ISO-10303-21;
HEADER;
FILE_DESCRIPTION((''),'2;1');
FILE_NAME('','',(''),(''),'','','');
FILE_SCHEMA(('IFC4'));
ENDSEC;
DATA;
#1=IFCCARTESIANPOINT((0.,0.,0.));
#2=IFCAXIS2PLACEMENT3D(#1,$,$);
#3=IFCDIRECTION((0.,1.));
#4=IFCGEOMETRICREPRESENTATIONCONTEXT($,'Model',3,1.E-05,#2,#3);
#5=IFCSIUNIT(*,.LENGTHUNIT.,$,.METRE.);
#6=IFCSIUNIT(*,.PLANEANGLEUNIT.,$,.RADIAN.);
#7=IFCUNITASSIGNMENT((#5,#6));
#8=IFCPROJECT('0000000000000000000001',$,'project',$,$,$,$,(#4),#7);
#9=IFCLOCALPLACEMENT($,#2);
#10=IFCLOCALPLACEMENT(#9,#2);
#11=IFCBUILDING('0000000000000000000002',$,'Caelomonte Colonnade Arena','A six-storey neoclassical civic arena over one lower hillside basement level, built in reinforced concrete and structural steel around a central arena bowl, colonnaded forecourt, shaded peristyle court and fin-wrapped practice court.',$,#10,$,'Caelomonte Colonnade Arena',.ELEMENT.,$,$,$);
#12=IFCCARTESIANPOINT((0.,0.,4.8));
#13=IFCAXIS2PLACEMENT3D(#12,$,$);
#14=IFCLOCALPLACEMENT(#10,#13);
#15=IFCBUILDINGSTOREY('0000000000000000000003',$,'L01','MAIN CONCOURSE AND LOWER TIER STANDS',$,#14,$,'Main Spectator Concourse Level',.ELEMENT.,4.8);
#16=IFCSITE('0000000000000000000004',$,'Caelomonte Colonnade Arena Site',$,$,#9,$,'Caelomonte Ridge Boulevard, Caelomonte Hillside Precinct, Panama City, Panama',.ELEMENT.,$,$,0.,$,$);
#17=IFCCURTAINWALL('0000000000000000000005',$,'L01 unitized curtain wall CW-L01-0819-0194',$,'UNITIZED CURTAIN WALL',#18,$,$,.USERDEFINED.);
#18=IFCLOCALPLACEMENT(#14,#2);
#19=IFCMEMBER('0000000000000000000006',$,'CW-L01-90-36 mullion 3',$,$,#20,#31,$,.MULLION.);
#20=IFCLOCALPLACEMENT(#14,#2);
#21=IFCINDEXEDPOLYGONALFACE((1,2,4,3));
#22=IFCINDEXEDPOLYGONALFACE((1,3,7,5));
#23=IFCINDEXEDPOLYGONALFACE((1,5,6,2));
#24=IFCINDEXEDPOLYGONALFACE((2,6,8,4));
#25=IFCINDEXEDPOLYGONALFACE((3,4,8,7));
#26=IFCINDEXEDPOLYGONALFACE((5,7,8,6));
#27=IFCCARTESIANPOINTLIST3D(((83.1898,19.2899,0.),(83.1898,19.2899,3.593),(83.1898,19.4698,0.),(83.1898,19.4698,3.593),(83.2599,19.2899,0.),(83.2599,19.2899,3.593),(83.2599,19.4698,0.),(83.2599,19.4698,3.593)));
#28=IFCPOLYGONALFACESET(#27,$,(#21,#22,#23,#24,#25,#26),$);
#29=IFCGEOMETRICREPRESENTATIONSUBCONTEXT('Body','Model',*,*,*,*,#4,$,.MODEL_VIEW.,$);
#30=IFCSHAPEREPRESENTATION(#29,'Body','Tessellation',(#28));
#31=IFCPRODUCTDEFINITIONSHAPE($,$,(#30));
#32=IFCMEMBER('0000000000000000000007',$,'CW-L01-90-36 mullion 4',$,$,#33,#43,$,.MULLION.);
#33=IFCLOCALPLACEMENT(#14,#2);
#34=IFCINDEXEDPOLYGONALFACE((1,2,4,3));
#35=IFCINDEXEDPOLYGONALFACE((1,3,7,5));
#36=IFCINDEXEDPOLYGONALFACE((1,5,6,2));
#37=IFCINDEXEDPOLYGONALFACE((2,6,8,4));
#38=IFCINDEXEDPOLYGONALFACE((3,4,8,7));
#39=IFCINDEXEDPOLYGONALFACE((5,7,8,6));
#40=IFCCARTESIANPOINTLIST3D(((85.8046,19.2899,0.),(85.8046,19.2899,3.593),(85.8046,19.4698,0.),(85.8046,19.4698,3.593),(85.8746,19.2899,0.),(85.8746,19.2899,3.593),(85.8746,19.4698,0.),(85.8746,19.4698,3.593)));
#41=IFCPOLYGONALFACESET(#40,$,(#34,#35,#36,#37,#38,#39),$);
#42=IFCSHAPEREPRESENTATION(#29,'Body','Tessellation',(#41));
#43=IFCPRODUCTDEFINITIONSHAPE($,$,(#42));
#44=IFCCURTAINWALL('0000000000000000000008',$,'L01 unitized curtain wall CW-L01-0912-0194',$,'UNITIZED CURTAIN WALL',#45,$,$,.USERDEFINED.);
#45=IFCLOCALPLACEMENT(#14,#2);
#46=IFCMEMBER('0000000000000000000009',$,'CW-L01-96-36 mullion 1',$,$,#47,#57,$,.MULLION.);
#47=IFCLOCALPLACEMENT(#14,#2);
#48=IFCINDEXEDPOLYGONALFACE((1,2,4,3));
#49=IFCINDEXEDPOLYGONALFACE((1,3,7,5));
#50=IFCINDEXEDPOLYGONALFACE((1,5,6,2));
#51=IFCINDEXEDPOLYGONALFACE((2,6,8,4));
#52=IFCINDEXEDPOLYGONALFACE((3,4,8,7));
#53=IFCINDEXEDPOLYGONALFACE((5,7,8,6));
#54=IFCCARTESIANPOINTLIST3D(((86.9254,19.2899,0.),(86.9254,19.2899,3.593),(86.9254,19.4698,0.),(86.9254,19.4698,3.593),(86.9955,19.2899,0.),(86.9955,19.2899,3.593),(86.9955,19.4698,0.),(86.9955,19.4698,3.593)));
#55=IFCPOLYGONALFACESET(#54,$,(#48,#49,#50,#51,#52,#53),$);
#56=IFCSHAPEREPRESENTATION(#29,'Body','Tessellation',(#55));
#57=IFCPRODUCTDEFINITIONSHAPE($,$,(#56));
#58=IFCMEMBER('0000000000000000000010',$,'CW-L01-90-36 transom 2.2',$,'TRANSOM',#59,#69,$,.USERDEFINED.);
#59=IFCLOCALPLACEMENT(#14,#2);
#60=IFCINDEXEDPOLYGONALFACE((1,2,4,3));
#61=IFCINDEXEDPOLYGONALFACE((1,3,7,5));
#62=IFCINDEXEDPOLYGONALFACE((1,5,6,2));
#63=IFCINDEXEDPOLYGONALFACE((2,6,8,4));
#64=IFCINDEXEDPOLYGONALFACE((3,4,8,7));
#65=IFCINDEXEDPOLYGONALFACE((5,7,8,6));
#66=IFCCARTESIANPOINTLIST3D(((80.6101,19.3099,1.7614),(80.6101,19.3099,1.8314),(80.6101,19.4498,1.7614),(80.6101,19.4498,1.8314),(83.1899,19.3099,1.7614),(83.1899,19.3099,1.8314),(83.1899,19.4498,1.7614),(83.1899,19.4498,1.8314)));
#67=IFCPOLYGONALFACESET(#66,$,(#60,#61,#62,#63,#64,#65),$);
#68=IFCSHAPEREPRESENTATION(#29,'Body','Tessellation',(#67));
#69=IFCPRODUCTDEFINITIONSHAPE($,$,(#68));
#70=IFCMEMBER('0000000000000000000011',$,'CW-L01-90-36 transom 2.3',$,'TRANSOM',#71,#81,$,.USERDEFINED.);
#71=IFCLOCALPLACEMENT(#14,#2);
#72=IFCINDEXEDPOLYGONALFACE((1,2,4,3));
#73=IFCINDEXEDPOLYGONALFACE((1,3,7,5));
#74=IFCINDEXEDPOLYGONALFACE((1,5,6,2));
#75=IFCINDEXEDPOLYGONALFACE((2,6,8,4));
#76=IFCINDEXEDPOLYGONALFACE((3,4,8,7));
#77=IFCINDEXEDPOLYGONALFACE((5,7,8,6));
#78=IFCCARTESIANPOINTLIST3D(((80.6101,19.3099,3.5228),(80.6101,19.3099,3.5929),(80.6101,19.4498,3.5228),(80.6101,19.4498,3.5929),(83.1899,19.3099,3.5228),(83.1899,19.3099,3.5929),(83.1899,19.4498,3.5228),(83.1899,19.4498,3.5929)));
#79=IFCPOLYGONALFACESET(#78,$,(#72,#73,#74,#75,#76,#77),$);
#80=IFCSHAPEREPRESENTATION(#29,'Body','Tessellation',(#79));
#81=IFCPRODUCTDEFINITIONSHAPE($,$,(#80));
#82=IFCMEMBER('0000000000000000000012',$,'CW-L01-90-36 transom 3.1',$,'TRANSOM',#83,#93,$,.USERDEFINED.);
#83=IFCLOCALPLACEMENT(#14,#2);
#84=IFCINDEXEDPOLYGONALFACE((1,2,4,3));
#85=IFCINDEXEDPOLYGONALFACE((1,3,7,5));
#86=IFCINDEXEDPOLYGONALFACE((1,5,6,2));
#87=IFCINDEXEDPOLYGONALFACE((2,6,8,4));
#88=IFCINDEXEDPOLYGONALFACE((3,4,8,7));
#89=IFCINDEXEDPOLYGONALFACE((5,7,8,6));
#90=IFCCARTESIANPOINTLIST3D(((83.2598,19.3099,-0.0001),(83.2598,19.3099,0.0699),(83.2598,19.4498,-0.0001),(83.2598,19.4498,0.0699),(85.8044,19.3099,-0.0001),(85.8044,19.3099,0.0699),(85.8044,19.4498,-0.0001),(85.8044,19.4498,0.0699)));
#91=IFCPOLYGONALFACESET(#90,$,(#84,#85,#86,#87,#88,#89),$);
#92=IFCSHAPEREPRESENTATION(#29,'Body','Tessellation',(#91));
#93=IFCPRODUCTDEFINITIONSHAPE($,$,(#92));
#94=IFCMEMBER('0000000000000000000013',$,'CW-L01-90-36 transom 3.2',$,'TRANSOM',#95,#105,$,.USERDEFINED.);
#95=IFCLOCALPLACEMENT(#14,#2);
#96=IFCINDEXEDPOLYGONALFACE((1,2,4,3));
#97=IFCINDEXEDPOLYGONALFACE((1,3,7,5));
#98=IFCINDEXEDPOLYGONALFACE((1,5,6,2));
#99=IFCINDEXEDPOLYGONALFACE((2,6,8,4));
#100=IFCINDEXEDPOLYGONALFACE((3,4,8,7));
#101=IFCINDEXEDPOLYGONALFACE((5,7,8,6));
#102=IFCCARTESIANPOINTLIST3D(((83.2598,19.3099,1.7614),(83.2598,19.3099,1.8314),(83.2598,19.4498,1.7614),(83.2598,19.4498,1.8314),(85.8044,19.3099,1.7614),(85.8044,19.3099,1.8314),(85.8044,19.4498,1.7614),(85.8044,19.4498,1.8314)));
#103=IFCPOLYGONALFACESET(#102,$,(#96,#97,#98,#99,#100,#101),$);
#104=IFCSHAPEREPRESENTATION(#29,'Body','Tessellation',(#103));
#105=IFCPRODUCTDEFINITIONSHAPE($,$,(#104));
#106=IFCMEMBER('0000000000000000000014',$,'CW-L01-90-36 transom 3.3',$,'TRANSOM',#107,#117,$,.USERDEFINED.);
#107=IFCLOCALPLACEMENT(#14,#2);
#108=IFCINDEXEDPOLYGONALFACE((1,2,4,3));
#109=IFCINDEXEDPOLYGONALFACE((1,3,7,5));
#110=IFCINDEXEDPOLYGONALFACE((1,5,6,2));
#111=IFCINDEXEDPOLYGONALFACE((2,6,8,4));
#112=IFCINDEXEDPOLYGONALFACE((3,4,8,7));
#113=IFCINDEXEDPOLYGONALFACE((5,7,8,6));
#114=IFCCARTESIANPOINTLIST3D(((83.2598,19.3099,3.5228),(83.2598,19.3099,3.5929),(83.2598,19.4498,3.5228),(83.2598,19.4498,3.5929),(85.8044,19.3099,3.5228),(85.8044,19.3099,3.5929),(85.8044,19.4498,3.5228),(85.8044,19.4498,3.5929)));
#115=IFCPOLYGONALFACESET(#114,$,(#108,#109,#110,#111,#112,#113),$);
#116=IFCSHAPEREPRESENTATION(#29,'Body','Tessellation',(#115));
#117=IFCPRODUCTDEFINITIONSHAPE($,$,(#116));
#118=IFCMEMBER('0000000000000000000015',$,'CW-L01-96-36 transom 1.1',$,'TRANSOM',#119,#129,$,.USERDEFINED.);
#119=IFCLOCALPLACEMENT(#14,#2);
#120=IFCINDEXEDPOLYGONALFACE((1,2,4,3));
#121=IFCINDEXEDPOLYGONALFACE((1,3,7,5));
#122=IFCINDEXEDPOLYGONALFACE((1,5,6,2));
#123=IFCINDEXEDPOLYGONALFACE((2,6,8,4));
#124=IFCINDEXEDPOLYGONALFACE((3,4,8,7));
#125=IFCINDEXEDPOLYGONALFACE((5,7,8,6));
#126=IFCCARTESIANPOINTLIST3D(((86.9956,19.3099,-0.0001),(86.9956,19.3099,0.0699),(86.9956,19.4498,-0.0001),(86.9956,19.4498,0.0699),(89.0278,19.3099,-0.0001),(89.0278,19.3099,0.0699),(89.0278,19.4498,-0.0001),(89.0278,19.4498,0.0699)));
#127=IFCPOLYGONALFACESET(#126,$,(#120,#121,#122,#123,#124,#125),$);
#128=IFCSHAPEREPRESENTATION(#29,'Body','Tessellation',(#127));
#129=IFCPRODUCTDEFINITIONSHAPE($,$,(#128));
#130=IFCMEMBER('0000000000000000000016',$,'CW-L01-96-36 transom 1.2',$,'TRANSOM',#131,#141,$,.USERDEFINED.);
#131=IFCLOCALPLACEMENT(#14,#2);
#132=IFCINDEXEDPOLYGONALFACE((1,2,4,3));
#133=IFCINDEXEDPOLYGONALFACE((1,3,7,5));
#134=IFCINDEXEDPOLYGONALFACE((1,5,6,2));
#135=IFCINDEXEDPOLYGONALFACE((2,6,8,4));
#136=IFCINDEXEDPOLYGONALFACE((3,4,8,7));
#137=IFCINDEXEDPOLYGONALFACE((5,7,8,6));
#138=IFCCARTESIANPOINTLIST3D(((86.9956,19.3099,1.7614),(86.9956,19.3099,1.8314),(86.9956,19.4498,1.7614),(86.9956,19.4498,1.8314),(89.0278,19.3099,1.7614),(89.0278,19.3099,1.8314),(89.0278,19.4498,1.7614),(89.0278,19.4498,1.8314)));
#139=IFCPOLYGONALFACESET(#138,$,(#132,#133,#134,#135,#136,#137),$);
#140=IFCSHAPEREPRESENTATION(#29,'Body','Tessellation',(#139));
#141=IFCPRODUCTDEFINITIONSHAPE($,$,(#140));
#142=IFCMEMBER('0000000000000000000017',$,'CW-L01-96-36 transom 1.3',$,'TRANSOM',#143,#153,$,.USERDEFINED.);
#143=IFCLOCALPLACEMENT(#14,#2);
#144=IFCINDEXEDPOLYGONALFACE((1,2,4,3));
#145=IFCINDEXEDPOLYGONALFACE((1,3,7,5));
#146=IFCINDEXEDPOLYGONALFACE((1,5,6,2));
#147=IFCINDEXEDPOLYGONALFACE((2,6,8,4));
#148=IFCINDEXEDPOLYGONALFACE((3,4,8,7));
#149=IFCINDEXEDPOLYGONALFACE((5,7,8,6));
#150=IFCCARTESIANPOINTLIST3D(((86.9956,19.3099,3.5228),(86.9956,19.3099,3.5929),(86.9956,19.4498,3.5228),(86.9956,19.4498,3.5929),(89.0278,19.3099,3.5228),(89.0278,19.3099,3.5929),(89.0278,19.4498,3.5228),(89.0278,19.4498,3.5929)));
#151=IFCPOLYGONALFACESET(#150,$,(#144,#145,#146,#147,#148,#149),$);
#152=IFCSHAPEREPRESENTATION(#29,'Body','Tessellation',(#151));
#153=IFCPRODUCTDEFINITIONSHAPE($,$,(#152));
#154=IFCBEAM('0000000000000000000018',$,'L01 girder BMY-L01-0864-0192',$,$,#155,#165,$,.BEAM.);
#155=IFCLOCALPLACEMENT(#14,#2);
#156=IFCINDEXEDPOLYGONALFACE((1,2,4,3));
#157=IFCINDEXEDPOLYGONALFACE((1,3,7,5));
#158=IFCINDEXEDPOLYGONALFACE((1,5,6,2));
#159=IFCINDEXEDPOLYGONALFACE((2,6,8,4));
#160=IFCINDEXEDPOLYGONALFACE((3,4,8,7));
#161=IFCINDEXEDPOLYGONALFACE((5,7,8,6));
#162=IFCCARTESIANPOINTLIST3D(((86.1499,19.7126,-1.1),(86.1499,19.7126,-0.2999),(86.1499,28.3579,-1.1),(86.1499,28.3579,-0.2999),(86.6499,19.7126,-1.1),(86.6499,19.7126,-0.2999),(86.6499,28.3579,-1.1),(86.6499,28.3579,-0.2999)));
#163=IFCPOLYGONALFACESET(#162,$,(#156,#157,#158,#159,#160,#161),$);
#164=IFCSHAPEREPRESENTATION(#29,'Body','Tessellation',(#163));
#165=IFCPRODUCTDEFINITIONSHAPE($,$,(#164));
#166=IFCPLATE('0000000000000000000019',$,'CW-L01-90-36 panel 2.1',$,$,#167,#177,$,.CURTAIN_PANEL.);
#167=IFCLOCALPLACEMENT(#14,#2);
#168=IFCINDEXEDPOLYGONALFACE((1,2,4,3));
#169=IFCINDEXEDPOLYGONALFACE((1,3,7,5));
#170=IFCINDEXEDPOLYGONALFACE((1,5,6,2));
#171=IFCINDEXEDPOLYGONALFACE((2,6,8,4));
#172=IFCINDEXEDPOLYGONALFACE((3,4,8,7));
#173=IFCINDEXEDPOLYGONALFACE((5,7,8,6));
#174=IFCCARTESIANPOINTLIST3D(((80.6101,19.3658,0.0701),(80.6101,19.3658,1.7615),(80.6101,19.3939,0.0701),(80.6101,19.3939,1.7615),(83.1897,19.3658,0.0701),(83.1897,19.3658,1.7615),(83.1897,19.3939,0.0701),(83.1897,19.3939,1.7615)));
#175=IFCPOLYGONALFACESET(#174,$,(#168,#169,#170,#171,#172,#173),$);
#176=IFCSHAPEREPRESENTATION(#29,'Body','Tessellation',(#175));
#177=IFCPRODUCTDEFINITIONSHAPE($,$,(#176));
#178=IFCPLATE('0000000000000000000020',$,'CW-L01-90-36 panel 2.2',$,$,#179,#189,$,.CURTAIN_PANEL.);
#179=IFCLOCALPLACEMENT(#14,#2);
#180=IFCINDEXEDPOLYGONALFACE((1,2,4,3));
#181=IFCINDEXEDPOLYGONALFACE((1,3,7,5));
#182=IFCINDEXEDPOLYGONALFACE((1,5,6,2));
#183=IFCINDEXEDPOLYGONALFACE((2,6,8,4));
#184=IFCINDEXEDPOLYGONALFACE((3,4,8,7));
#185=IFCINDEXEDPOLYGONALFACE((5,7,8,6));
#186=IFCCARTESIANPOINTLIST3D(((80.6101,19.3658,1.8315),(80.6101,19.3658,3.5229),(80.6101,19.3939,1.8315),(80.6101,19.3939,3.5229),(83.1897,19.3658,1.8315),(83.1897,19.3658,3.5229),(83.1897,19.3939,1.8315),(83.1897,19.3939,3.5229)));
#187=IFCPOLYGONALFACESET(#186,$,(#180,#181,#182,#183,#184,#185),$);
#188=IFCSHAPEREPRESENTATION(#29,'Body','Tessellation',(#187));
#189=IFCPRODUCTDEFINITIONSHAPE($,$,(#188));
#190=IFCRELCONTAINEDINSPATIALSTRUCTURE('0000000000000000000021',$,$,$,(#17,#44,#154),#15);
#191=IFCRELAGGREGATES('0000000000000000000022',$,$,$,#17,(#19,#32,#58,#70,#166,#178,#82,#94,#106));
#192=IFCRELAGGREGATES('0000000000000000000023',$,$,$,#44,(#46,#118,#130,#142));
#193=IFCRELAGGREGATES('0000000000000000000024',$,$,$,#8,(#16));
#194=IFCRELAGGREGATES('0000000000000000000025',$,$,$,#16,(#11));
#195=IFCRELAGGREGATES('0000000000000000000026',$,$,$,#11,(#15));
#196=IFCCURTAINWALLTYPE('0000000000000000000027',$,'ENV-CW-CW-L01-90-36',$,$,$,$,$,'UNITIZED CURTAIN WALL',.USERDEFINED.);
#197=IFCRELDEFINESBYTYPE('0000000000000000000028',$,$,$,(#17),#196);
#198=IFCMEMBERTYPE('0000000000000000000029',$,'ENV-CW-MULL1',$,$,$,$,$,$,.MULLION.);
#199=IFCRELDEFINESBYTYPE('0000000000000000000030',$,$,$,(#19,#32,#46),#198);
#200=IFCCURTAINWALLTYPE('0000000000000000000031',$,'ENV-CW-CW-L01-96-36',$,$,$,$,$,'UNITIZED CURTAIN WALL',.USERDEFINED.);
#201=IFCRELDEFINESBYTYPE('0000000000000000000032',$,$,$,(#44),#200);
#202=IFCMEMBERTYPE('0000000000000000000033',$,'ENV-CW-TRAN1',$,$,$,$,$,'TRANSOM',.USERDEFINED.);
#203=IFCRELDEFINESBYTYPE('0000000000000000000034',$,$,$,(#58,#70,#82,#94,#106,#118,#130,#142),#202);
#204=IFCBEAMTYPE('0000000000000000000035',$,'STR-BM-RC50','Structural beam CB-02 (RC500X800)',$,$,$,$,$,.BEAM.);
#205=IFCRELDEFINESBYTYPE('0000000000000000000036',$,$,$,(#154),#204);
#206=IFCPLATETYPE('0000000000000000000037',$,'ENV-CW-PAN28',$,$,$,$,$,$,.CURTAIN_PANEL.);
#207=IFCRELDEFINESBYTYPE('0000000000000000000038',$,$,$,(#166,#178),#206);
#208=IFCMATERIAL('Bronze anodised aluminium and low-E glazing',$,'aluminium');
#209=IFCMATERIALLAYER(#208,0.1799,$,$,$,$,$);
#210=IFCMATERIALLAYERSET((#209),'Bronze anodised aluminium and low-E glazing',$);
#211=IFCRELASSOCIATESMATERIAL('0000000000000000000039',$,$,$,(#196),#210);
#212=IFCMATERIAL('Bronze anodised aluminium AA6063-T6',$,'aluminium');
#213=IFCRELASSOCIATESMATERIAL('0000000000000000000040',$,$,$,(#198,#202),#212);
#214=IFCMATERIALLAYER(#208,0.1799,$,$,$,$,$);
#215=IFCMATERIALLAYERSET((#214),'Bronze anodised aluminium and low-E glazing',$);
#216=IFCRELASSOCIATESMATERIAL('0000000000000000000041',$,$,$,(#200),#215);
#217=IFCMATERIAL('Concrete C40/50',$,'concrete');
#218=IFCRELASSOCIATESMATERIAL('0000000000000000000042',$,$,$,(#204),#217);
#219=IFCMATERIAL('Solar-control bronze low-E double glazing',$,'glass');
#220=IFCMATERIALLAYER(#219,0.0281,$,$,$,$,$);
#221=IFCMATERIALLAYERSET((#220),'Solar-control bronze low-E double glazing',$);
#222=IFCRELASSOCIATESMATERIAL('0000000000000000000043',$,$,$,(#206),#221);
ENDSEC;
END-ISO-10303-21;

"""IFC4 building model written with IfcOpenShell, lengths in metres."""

from ifc_helpers import new_model, si_unit, direction, frame, origin, origin_2d, place, context, subcontext, project, spatial, rectangle, extrude, material, layer, layer_set, material_profile, profile_set, type_object, element, aggregate, save


model = new_model("IFC4")

# Units and contexts
model_context = context("Model", 3, precision=1e-05, world=origin(), true_north=direction((0.0, 1.0)))
body_context = subcontext(model_context, "Body", "Model", "MODEL_VIEW")
ifc_project = project(units=[si_unit("LENGTHUNIT", "METRE"), si_unit("PLANEANGLEUNIT", "RADIAN")], contexts=[model_context])

# Site, building, storey
site_placement = place(None, origin())
site = spatial("IfcSite", under=ifc_project, at=site_placement, Name="Caelomonte Colonnade Arena Site", LongName="Caelomonte Ridge Boulevard, Caelomonte Hillside Precinct, Panama City, Panama", CompositionType="ELEMENT", RefElevation=0.0)
building_placement = place(site_placement, origin())
building = spatial("IfcBuilding", under=site, at=building_placement, Name="Caelomonte Colonnade Arena", Description="A six-storey neoclassical civic arena over one lower hillside basement level, built in reinforced concrete and structural steel around a central arena bowl, colonnaded forecourt, shaded peristyle court and fin-wrapped practice court.", LongName="Caelomonte Colonnade Arena", CompositionType="ELEMENT")
storey_placement = place(building_placement, frame((0.0, 0.0, 4.8)))
storey = spatial("IfcBuildingStorey", under=building, at=storey_placement, Name="L01", Description="MAIN CONCOURSE AND LOWER TIER STANDS", LongName="Main Spectator Concourse Level", CompositionType="ELEMENT", Elevation=4.8)

# Curtain wall, members
ifc_material_1 = material(Name="Bronze anodised aluminium and low-E glazing", Category="aluminium")
ifc_layer_1 = layer(ifc_material_1, 0.1799)
ifc_layer_set_1 = layer_set([ifc_layer_1], Name="Bronze anodised aluminium and low-E glazing")
curtain_wall_type_1 = type_object("IfcCurtainWallType", Name="ENV-CW-CW-L01-90-36", ElementType="UNITIZED CURTAIN WALL", PredefinedType="USERDEFINED", material=ifc_layer_set_1)
curtain_wall_1_placement = place(storey_placement, origin())
curtain_wall_1 = element("IfcCurtainWall", 1, at=curtain_wall_1_placement, inside=storey, type_object=curtain_wall_type_1, Name="L01 unitized curtain wall CW-L01-0819-0194", ObjectType="UNITIZED CURTAIN WALL", PredefinedType="USERDEFINED")
ifc_material_2 = material(Name="Bronze anodised aluminium AA6063-T6", Category="aluminium")
ifc_material_profile_1 = material_profile(ifc_material_2, rectangle(XDim=0.0701, YDim=0.1799, at=origin_2d()), Name="CWM-70X180")
ifc_profile_set_1 = profile_set([ifc_material_profile_1], Name="Bronze anodised aluminium AA6063-T6")
member_type_1 = type_object("IfcMemberType", Name="ENV-CW-MULL1", PredefinedType="MULLION", material=ifc_profile_set_1)
member_1_placement = place(storey_placement, frame((83.2249, 19.3799, 0.0), z_axis=(0.0, 0.0, 1.0), x_axis=(1.0, 0.0, 0.0)))
member_1 = element("IfcMember", 2, at=member_1_placement, type_object=member_type_1, Name="CW-L01-90-36 mullion 3", PredefinedType="MULLION", context=body_context, shape_type="SweptSolid", body=[
    extrude(rectangle(XDim=0.0701, YDim=0.1799, at=origin_2d()), origin(), (0.0, 0.0, 1.0), 3.593),
])
member_2_placement = place(storey_placement, frame((85.8396, 19.3799, 0.0), z_axis=(0.0, 0.0, 1.0), x_axis=(1.0, 0.0, 0.0)))
member_2 = element("IfcMember", 3, at=member_2_placement, type_object=member_type_1, Name="CW-L01-90-36 mullion 4", PredefinedType="MULLION", context=body_context, shape_type="SweptSolid", body=[
    extrude(rectangle(XDim=0.0701, YDim=0.1799, at=origin_2d()), origin(), (0.0, 0.0, 1.0), 3.593),
])

# Curtain wall, member
ifc_layer_2 = layer(ifc_material_1, 0.1799)
ifc_layer_set_2 = layer_set([ifc_layer_2], Name="Bronze anodised aluminium and low-E glazing")
curtain_wall_type_2 = type_object("IfcCurtainWallType", Name="ENV-CW-CW-L01-96-36", ElementType="UNITIZED CURTAIN WALL", PredefinedType="USERDEFINED", material=ifc_layer_set_2)
curtain_wall_2_placement = place(storey_placement, origin())
curtain_wall_2 = element("IfcCurtainWall", 4, at=curtain_wall_2_placement, inside=storey, type_object=curtain_wall_type_2, Name="L01 unitized curtain wall CW-L01-0912-0194", ObjectType="UNITIZED CURTAIN WALL", PredefinedType="USERDEFINED")
member_3_placement = place(storey_placement, frame((86.9604, 19.3799, 0.0), z_axis=(0.0, 0.0, 1.0), x_axis=(1.0, 0.0, 0.0)))
member_3 = element("IfcMember", 5, at=member_3_placement, type_object=member_type_1, Name="CW-L01-96-36 mullion 1", PredefinedType="MULLION", context=body_context, shape_type="SweptSolid", body=[
    extrude(rectangle(XDim=0.0701, YDim=0.1799, at=origin_2d()), origin(), (0.0, 0.0, 1.0), 3.593),
])

# Members
ifc_material_profile_2 = material_profile(ifc_material_2, rectangle(XDim=0.0701, YDim=0.1399, at=origin_2d()), Name="CWT-70X140")
ifc_profile_set_2 = profile_set([ifc_material_profile_2], Name="Bronze anodised aluminium AA6063-T6")
member_type_2 = type_object("IfcMemberType", Name="ENV-CW-TRAN1", ElementType="TRANSOM", PredefinedType="USERDEFINED", material=ifc_profile_set_2)
member_4_placement = place(storey_placement, frame((80.6101, 19.3799, 1.7964), z_axis=(1.0, 0.0, 0.0), x_axis=(0.0, 0.0, 1.0)))
member_4 = element("IfcMember", 6, at=member_4_placement, type_object=member_type_2, Name="CW-L01-90-36 transom 2.2", ObjectType="TRANSOM", PredefinedType="USERDEFINED", context=body_context, shape_type="SweptSolid", body=[
    extrude(rectangle(XDim=0.0701, YDim=0.1399, at=origin_2d()), origin(), (0.0, 0.0, 1.0), 2.5798),
])
member_5_placement = place(storey_placement, frame((80.6101, 19.3799, 3.5579), z_axis=(1.0, 0.0, 0.0), x_axis=(0.0, 0.0, 1.0)))
member_5 = element("IfcMember", 7, at=member_5_placement, type_object=member_type_2, Name="CW-L01-90-36 transom 2.3", ObjectType="TRANSOM", PredefinedType="USERDEFINED", context=body_context, shape_type="SweptSolid", body=[
    extrude(rectangle(XDim=0.0701, YDim=0.1399, at=origin_2d()), origin(), (0.0, 0.0, 1.0), 2.5798),
])
member_6_placement = place(storey_placement, frame((83.2598, 19.3799, 0.0349), z_axis=(1.0, 0.0, 0.0), x_axis=(0.0, 0.0, 1.0)))
member_6 = element("IfcMember", 8, at=member_6_placement, type_object=member_type_2, Name="CW-L01-90-36 transom 3.1", ObjectType="TRANSOM", PredefinedType="USERDEFINED", context=body_context, shape_type="SweptSolid", body=[
    extrude(rectangle(XDim=0.0701, YDim=0.1399, at=origin_2d()), origin(), (0.0, 0.0, 1.0), 2.5447),
])
member_7_placement = place(storey_placement, frame((83.2598, 19.3799, 1.7964), z_axis=(1.0, 0.0, 0.0), x_axis=(0.0, 0.0, 1.0)))
member_7 = element("IfcMember", 9, at=member_7_placement, type_object=member_type_2, Name="CW-L01-90-36 transom 3.2", ObjectType="TRANSOM", PredefinedType="USERDEFINED", context=body_context, shape_type="SweptSolid", body=[
    extrude(rectangle(XDim=0.0701, YDim=0.1399, at=origin_2d()), origin(), (0.0, 0.0, 1.0), 2.5447),
])
member_8_placement = place(storey_placement, frame((83.2598, 19.3799, 3.5579), z_axis=(1.0, 0.0, 0.0), x_axis=(0.0, 0.0, 1.0)))
member_8 = element("IfcMember", 10, at=member_8_placement, type_object=member_type_2, Name="CW-L01-90-36 transom 3.3", ObjectType="TRANSOM", PredefinedType="USERDEFINED", context=body_context, shape_type="SweptSolid", body=[
    extrude(rectangle(XDim=0.0701, YDim=0.1399, at=origin_2d()), origin(), (0.0, 0.0, 1.0), 2.5447),
])
member_9_placement = place(storey_placement, frame((86.9956, 19.3799, 0.0349), z_axis=(1.0, 0.0, 0.0), x_axis=(0.0, 0.0, 1.0)))
member_9 = element("IfcMember", 11, at=member_9_placement, type_object=member_type_2, Name="CW-L01-96-36 transom 1.1", ObjectType="TRANSOM", PredefinedType="USERDEFINED", context=body_context, shape_type="SweptSolid", body=[
    extrude(rectangle(XDim=0.0701, YDim=0.1399, at=origin_2d()), origin(), (0.0, 0.0, 1.0), 2.0322),
])
member_10_placement = place(storey_placement, frame((86.9956, 19.3799, 1.7964), z_axis=(1.0, 0.0, 0.0), x_axis=(0.0, 0.0, 1.0)))
member_10 = element("IfcMember", 12, at=member_10_placement, type_object=member_type_2, Name="CW-L01-96-36 transom 1.2", ObjectType="TRANSOM", PredefinedType="USERDEFINED", context=body_context, shape_type="SweptSolid", body=[
    extrude(rectangle(XDim=0.0701, YDim=0.1399, at=origin_2d()), origin(), (0.0, 0.0, 1.0), 2.0322),
])
member_11_placement = place(storey_placement, frame((86.9956, 19.3799, 3.5579), z_axis=(1.0, 0.0, 0.0), x_axis=(0.0, 0.0, 1.0)))
member_11 = element("IfcMember", 13, at=member_11_placement, type_object=member_type_2, Name="CW-L01-96-36 transom 1.3", ObjectType="TRANSOM", PredefinedType="USERDEFINED", context=body_context, shape_type="SweptSolid", body=[
    extrude(rectangle(XDim=0.0701, YDim=0.1399, at=origin_2d()), origin(), (0.0, 0.0, 1.0), 2.0322),
])

# Beam
ifc_material_3 = material(Name="Concrete C40/50", Category="concrete")
ifc_material_profile_3 = material_profile(ifc_material_3, rectangle(XDim=0.5, YDim=0.8, at=origin_2d()), Name="RC500X800")
ifc_profile_set_3 = profile_set([ifc_material_profile_3], Name="Concrete C40/50")
beam_type = type_object("IfcBeamType", Name="STR-BM-RC50", Description="Structural beam CB-02 (RC500X800)", PredefinedType="BEAM", material=ifc_profile_set_3)
beam_placement = place(storey_placement, frame((86.3999, 19.7126, -0.7), z_axis=(0.0, 1.0, 0.0), x_axis=(-1.0, 0.0, 0.0)))
element("IfcBeam", 14, at=beam_placement, inside=storey, type_object=beam_type, Name="L01 girder BMY-L01-0864-0192", PredefinedType="BEAM", context=body_context, shape_type="SweptSolid", body=[
    extrude(rectangle(XDim=0.5, YDim=0.8, at=origin_2d()), origin(), (0.0, 0.0, 1.0), 8.6453),
])

# Plates
ifc_material_4 = material(Name="Solar-control bronze low-E double glazing", Category="glass")
ifc_layer_3 = layer(ifc_material_4, 0.0281)
ifc_layer_set_3 = layer_set([ifc_layer_3], Name="Solar-control bronze low-E double glazing")
plate_type = type_object("IfcPlateType", Name="ENV-CW-PAN28", PredefinedType="CURTAIN_PANEL", material=ifc_layer_set_3)
plate_1_placement = place(storey_placement, frame((81.8999, 19.3799, 0.0701), z_axis=(0.0, 0.0, 1.0), x_axis=(1.0, 0.0, 0.0)))
plate_1 = element("IfcPlate", 15, at=plate_1_placement, type_object=plate_type, Name="CW-L01-90-36 panel 2.1", PredefinedType="CURTAIN_PANEL", context=body_context, shape_type="SweptSolid", body=[
    extrude(rectangle(XDim=2.5796, YDim=0.0281, at=origin_2d()), origin(), (0.0, 0.0, 1.0), 1.6914),
])
plate_2_placement = place(storey_placement, frame((81.8999, 19.3799, 1.8315), z_axis=(0.0, 0.0, 1.0), x_axis=(1.0, 0.0, 0.0)))
plate_2 = element("IfcPlate", 16, at=plate_2_placement, type_object=plate_type, Name="CW-L01-90-36 panel 2.2", PredefinedType="CURTAIN_PANEL", context=body_context, shape_type="SweptSolid", body=[
    extrude(rectangle(XDim=2.5796, YDim=0.0281, at=origin_2d()), origin(), (0.0, 0.0, 1.0), 1.6914),
])
aggregate(curtain_wall_1, [member_1, member_2, member_4, member_5, plate_1, plate_2, member_6, member_7, member_8])
aggregate(curtain_wall_2, [member_3, member_9, member_10, member_11])

save(model, "model.ifc")
